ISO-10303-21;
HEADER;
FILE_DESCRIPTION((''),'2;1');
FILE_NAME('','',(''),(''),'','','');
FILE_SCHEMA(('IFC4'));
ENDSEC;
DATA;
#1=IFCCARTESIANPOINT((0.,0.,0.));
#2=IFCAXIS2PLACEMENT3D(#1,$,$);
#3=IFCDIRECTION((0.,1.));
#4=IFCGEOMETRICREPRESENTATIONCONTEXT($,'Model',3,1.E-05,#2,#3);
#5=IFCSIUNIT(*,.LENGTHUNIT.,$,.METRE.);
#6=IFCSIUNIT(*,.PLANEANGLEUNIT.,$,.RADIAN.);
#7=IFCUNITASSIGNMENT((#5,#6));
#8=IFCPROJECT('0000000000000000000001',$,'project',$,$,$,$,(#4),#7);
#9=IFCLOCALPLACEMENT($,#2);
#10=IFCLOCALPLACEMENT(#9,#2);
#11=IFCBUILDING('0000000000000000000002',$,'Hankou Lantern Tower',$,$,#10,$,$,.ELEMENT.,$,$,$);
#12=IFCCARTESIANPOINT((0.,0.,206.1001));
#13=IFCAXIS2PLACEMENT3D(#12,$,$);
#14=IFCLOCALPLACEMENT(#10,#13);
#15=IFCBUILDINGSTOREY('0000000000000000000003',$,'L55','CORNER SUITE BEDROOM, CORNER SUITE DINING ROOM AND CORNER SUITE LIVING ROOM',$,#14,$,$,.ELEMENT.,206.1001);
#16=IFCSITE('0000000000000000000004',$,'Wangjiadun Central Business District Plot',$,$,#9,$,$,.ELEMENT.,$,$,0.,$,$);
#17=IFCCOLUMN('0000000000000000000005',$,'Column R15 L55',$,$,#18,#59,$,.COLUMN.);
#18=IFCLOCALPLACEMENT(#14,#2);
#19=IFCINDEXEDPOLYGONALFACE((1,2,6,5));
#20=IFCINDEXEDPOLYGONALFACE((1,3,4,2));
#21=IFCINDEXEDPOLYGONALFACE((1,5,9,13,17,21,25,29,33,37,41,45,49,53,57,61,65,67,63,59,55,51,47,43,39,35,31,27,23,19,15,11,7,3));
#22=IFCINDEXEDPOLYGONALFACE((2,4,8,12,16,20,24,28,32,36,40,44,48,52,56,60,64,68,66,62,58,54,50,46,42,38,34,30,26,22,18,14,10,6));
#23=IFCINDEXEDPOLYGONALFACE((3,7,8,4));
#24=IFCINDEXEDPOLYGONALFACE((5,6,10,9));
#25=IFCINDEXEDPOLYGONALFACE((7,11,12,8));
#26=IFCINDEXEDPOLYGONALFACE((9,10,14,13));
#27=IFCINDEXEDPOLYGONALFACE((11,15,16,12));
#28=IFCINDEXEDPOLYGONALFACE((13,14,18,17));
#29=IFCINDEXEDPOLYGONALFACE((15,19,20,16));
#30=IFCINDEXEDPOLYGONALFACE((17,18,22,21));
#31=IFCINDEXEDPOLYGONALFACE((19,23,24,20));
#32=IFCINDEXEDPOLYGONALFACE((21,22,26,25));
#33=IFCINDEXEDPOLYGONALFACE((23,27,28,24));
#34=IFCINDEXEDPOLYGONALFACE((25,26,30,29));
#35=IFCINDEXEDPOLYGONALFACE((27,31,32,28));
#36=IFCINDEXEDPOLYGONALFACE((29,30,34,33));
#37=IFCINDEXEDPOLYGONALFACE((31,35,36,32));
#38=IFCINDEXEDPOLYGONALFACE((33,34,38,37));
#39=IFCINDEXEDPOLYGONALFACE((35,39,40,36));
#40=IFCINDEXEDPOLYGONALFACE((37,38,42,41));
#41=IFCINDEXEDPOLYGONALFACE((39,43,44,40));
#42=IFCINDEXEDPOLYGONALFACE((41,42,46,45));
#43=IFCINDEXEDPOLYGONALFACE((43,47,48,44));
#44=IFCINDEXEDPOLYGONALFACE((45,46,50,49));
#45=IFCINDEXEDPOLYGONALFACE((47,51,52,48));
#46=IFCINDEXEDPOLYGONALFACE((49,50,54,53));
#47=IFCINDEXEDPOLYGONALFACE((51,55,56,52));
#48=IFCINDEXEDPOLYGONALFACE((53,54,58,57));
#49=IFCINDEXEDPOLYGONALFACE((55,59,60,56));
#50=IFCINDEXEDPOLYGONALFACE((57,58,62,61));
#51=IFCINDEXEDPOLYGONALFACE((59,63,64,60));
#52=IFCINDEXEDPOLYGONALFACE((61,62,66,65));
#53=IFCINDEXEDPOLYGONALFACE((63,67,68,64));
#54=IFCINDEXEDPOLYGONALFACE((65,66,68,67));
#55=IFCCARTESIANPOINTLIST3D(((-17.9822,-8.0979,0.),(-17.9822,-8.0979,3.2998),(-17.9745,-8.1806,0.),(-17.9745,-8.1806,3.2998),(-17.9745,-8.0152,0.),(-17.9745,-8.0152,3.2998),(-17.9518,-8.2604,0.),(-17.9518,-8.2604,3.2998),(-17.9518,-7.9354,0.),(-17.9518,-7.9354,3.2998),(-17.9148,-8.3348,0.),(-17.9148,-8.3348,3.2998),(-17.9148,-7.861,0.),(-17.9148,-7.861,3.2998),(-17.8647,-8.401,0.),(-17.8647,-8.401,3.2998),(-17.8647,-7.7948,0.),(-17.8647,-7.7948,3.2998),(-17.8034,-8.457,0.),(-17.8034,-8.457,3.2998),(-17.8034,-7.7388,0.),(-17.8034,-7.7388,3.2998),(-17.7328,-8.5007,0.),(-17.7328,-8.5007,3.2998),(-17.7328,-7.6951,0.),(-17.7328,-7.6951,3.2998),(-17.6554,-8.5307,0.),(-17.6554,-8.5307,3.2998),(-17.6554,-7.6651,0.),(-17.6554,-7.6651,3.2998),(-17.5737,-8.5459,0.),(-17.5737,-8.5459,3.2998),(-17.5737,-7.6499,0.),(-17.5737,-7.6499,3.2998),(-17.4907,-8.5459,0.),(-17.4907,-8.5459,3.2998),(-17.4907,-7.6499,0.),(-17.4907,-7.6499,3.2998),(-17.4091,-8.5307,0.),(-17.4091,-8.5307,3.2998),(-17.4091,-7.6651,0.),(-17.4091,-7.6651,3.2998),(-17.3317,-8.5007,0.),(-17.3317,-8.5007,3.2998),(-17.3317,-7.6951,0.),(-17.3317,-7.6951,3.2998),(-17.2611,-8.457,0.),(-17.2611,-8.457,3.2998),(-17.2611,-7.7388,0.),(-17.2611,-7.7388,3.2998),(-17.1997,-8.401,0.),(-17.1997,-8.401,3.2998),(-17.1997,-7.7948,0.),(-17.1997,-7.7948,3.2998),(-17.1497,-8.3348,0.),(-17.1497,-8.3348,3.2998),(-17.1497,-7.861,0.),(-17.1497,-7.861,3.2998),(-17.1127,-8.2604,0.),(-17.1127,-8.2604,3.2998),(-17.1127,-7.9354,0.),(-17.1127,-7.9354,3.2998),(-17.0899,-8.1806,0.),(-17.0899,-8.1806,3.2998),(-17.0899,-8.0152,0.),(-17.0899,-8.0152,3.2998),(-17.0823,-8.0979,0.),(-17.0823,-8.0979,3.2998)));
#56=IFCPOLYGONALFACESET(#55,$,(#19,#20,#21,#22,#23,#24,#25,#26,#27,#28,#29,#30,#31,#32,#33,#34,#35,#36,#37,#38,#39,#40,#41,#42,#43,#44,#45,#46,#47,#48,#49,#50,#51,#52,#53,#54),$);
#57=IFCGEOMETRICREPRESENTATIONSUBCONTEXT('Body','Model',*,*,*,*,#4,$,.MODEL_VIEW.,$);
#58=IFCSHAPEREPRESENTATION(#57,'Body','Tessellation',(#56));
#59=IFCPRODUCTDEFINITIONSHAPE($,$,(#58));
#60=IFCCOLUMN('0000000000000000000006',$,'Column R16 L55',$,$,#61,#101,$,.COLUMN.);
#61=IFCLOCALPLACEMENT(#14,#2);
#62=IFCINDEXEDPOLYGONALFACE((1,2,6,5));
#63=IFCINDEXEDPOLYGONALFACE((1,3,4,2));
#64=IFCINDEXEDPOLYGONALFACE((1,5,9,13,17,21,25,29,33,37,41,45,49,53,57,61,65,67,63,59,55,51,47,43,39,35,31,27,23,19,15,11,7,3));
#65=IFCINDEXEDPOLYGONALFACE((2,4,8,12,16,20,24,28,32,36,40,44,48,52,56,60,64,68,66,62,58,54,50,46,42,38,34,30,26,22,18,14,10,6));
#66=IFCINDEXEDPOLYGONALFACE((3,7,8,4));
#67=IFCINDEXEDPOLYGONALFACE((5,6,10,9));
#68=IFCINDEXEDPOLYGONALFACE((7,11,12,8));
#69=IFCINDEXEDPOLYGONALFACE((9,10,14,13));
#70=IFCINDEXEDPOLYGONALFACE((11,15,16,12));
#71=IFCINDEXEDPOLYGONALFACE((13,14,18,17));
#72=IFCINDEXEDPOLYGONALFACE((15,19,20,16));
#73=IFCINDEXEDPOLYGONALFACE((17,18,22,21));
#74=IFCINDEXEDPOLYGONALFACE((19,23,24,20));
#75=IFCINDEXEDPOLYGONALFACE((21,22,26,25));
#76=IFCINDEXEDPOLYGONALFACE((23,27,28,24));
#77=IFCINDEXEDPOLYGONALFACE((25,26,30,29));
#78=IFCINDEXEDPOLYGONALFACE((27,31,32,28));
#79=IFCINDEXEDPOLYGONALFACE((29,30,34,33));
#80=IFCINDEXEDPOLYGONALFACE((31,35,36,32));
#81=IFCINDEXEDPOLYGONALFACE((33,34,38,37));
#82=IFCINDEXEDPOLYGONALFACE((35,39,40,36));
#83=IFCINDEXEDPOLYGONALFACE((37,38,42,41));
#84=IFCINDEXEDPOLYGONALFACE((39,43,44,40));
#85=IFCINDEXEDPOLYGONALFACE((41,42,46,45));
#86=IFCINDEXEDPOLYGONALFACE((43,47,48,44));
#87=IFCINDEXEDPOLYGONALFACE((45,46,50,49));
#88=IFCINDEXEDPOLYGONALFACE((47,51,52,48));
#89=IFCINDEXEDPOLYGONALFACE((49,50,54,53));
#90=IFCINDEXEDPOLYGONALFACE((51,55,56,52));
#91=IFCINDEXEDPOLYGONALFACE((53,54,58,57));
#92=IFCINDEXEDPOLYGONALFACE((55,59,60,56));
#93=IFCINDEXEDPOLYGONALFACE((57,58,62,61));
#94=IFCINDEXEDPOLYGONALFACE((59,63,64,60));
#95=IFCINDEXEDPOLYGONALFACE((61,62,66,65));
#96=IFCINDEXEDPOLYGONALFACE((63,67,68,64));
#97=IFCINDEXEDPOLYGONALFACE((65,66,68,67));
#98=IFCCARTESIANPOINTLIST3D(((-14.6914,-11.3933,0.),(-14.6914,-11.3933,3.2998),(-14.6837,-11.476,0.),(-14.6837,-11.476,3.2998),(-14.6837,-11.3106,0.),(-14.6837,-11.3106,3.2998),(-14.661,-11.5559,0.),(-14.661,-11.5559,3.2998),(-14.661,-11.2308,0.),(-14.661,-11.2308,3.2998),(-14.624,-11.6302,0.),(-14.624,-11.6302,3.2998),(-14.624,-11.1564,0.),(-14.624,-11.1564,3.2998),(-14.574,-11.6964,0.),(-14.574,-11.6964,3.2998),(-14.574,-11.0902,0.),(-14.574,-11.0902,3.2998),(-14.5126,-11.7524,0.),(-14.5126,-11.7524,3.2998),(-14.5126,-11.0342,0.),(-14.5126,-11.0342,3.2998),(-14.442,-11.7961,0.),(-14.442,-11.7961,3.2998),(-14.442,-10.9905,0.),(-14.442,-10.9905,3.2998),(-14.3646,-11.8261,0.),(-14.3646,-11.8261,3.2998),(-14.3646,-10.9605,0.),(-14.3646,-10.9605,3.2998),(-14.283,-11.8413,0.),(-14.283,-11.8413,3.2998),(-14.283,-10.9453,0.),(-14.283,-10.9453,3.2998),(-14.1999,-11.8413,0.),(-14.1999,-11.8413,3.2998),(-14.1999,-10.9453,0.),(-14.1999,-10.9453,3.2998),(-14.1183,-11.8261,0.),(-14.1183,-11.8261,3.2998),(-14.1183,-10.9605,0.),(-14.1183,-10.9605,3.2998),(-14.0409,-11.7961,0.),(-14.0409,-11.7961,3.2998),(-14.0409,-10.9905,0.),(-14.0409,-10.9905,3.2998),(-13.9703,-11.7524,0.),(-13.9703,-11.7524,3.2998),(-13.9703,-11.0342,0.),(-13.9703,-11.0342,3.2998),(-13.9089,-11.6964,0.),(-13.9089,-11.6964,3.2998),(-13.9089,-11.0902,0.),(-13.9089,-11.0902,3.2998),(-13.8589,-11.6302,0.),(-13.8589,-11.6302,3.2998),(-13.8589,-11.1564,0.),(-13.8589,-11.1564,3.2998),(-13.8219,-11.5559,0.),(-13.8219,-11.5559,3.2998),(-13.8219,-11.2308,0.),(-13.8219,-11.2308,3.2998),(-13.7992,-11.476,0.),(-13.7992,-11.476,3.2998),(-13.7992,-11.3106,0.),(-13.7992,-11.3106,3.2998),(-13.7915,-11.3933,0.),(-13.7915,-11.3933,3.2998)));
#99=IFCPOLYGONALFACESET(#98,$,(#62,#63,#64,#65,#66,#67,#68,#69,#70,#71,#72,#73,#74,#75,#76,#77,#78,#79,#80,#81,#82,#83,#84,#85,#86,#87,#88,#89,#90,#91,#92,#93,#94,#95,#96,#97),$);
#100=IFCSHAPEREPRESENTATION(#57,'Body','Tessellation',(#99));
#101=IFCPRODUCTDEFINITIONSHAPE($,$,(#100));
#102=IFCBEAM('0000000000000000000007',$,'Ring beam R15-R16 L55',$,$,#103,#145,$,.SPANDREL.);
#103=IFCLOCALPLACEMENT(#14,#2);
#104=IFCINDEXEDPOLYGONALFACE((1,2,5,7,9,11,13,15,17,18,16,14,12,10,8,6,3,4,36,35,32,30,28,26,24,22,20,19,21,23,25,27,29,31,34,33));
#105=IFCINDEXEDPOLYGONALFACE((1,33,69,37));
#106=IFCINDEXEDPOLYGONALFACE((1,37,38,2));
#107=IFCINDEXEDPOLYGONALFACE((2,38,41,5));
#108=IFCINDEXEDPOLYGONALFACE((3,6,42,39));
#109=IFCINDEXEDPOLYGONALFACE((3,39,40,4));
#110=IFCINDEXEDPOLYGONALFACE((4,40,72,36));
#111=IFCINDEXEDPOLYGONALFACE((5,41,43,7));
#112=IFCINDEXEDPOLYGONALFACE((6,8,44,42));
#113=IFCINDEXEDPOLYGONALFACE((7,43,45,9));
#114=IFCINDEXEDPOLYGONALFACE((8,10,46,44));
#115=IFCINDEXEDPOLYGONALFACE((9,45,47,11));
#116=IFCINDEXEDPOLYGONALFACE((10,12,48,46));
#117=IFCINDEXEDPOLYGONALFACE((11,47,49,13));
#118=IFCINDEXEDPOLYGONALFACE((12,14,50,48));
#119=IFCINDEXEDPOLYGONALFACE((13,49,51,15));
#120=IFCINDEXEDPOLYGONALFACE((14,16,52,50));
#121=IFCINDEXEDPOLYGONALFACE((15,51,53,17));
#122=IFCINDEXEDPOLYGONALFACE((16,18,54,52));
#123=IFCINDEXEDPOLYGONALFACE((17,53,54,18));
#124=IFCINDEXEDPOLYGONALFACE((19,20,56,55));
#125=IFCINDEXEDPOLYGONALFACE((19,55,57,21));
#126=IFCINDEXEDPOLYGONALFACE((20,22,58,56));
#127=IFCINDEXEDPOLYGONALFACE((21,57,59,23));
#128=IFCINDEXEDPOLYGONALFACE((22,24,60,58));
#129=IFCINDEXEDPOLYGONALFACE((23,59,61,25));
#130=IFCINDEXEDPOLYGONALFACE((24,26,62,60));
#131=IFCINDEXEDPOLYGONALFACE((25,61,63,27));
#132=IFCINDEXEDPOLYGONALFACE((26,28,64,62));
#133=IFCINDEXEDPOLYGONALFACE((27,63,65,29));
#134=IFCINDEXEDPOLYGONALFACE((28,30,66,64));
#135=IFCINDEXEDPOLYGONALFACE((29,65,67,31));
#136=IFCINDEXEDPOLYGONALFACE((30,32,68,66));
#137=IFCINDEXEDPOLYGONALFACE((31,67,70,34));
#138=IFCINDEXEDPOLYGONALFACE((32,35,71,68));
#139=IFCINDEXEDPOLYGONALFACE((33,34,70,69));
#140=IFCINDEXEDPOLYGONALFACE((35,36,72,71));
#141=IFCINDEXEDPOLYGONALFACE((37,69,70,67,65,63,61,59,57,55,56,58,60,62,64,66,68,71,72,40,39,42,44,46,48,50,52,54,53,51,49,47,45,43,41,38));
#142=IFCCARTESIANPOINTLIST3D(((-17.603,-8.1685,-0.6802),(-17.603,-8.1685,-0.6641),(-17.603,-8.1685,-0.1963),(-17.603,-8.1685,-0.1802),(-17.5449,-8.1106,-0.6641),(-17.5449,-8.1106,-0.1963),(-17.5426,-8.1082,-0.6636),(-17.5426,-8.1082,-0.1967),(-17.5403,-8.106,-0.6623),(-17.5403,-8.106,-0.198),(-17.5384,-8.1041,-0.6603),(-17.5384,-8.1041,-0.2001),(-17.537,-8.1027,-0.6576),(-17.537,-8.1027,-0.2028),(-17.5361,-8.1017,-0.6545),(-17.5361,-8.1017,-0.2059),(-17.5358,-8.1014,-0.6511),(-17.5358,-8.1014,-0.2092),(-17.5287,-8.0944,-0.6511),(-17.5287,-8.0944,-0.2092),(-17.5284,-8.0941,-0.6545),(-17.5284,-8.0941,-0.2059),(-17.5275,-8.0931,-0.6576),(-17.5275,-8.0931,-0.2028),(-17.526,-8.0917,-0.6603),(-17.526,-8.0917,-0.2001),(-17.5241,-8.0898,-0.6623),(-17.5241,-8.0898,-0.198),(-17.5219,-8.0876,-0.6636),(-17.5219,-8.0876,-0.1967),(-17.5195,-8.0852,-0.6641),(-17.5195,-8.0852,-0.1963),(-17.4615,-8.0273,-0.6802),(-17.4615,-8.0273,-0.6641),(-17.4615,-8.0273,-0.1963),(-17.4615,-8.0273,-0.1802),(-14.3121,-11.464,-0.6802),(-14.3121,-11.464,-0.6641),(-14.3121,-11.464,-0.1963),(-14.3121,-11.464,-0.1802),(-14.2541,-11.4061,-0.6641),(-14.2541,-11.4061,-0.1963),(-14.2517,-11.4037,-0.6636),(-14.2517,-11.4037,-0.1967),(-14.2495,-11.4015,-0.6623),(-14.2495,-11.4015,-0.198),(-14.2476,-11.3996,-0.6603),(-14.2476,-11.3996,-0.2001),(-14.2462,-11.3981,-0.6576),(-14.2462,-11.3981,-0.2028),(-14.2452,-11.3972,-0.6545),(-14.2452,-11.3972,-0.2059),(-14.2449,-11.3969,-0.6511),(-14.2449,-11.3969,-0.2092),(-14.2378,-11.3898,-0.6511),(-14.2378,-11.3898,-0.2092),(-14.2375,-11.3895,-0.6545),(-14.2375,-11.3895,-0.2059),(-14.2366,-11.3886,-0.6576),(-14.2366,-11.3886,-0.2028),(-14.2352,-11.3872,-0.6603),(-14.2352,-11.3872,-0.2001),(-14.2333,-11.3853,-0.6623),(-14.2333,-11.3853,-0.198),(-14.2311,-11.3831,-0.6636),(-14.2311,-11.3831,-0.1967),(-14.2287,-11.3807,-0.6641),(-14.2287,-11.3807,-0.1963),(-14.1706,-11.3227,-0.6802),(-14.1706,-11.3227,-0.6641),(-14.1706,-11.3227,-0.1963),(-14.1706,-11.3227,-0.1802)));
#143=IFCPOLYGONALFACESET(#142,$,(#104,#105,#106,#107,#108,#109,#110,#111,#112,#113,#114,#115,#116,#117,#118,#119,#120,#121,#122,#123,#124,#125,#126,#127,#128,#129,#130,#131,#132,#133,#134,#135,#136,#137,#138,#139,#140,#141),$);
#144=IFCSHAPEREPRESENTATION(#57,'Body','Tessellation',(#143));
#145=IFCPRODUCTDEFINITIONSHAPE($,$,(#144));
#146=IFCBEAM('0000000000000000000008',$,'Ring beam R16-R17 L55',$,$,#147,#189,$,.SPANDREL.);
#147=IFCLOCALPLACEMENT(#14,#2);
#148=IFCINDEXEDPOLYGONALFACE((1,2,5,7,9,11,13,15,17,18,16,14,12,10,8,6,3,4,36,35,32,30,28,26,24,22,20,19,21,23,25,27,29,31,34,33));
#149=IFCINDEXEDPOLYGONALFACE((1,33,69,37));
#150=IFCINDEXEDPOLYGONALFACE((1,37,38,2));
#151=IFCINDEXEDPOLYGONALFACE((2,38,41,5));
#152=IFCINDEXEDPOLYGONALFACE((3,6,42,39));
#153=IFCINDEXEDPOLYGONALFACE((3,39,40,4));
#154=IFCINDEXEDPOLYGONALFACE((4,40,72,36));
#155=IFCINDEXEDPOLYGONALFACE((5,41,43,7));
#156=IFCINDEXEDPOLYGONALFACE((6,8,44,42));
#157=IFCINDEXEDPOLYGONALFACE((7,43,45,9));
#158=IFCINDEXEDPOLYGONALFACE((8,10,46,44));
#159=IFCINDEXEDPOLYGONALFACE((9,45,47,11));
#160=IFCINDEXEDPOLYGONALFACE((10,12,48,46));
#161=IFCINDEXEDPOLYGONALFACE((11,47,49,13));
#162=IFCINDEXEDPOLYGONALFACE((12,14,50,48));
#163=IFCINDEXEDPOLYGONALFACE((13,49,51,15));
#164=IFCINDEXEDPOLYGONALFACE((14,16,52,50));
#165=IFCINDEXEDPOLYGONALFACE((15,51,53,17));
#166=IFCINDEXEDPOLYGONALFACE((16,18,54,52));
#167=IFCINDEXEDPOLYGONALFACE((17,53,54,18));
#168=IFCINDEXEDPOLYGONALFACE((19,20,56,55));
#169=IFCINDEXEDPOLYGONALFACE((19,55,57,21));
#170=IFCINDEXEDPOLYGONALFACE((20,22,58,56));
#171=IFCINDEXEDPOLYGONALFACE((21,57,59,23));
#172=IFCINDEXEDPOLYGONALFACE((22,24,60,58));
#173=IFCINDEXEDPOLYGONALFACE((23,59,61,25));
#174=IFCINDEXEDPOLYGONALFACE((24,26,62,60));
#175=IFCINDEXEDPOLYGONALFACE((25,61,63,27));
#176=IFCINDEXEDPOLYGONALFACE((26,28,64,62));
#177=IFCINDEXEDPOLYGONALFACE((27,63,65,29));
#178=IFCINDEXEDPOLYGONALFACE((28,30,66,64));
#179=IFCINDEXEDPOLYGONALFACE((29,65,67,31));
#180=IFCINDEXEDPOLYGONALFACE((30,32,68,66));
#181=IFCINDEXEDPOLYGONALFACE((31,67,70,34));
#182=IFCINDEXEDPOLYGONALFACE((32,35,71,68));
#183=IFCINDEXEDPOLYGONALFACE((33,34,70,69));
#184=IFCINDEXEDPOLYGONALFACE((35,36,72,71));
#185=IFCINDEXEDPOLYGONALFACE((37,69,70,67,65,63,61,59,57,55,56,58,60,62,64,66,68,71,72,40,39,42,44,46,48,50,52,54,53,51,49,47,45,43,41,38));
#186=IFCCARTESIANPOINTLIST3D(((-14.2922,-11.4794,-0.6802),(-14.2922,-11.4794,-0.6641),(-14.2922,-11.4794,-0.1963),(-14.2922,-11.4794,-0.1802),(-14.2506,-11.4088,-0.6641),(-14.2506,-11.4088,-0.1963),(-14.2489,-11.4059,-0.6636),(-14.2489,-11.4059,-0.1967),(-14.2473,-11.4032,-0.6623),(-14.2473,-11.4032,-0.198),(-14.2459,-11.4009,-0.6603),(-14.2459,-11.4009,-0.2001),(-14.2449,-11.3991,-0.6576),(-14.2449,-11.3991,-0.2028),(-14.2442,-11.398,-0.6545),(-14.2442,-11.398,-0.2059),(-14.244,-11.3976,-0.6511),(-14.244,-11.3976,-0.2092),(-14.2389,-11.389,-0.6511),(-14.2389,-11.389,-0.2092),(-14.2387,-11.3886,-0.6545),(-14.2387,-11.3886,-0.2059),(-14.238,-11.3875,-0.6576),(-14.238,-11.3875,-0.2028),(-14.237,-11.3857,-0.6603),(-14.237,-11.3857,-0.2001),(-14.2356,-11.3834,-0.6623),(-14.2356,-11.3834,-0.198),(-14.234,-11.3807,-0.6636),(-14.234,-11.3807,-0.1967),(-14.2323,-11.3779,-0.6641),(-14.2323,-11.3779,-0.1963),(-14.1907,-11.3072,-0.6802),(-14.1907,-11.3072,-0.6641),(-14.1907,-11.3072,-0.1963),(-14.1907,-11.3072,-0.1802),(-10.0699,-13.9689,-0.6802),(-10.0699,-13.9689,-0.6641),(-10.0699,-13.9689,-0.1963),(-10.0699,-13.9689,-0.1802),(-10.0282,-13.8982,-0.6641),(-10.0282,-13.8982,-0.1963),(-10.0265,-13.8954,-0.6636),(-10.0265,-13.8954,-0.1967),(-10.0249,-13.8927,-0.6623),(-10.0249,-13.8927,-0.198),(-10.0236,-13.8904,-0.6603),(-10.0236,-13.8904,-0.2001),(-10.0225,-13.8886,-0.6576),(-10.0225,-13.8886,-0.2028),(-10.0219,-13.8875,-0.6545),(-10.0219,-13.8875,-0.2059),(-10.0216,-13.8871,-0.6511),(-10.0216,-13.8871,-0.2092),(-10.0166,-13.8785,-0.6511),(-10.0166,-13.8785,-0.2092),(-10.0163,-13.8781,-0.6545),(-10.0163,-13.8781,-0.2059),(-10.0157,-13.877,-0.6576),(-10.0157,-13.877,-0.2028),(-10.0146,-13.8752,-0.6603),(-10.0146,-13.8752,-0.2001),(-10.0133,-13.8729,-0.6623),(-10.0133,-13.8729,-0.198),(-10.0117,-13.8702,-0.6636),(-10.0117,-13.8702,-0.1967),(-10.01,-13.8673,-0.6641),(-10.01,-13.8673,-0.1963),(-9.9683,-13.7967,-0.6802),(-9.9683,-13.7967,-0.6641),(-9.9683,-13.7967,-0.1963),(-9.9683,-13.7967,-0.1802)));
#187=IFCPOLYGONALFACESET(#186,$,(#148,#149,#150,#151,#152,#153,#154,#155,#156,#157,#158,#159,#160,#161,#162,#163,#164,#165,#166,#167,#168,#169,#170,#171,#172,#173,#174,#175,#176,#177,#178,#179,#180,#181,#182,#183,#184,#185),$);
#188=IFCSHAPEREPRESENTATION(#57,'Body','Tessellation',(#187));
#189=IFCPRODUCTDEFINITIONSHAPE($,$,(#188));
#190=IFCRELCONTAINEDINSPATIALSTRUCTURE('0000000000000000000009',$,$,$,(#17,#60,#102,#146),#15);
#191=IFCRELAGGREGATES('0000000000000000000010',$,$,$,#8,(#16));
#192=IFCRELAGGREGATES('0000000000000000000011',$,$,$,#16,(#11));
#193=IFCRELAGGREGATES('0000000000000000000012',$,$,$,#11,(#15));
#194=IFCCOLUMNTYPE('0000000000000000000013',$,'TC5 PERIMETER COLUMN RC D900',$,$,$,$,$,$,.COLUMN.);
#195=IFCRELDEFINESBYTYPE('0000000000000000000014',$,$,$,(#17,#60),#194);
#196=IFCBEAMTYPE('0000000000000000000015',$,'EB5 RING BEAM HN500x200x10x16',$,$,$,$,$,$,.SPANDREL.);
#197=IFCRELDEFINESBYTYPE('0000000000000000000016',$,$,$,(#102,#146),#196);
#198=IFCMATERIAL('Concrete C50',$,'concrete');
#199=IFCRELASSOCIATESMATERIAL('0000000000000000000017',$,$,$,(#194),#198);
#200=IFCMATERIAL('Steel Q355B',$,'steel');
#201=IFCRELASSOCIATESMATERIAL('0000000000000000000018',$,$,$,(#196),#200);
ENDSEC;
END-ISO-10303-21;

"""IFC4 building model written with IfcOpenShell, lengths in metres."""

from ifc_helpers import new_model, si_unit, direction, frame, origin, origin_2d, place, context, subcontext, project, spatial, circle, i_section, extrude, material, material_profile, profile_set, type_object, element, save


model = new_model("IFC4")

# Units and contexts
model_context = context("Model", 3, precision=1e-05, world=origin(), true_north=direction((0.0, 1.0)))
body_context = subcontext(model_context, "Body", "Model", "MODEL_VIEW")
ifc_project = project(units=[si_unit("LENGTHUNIT", "METRE"), si_unit("PLANEANGLEUNIT", "RADIAN")], contexts=[model_context])

# Site, building, storey
site_placement = place(None, origin())
site = spatial("IfcSite", under=ifc_project, at=site_placement, Name="Wangjiadun Central Business District Plot", CompositionType="ELEMENT", RefElevation=0.0)
building_placement = place(site_placement, origin())
building = spatial("IfcBuilding", under=site, at=building_placement, Name="Hankou Lantern Tower", CompositionType="ELEMENT")
storey_placement = place(building_placement, frame((0.0, 0.0, 206.1001)))
storey = spatial("IfcBuildingStorey", under=building, at=storey_placement, Name="L55", Description="CORNER SUITE BEDROOM, CORNER SUITE DINING ROOM AND CORNER SUITE LIVING ROOM", CompositionType="ELEMENT", Elevation=206.1001)

# Columns
ifc_material_1 = material(Name="Concrete C50", Category="concrete")
ifc_material_profile_1 = material_profile(ifc_material_1, circle(Radius=0.45, at=origin_2d()), Name="RC D900")
ifc_profile_set_1 = profile_set([ifc_material_profile_1], Name="Concrete C50")
column_type = type_object("IfcColumnType", Name="TC5 PERIMETER COLUMN RC D900", PredefinedType="COLUMN", material=ifc_profile_set_1)
for number, where, z_axis, x_axis, name in (
    (1, (-17.5322, -8.0979, 0.0), (0.0, 0.0, 1.0), (1.0, 0.0, 0.0), "Column R15 L55"),
    (2, (-14.2415, -11.3933, 0.0), (0.0, 0.0, 1.0), (1.0, 0.0, 0.0), "Column R16 L55"),
):
    element("IfcColumn", number, at=place(storey_placement, frame(where, z_axis=z_axis, x_axis=x_axis)), inside=storey, type_object=column_type, Name=name, PredefinedType="COLUMN", context=body_context, shape_type="SweptSolid", body=[
        extrude(circle(Radius=0.45, at=origin_2d()), origin(), (0.0, 0.0, 1.0), 3.2998),
    ])

# Beams
ifc_material_2 = material(Name="Steel Q355B", Category="steel")
ifc_material_profile_2 = material_profile(ifc_material_2, i_section(OverallWidth=0.2, OverallDepth=0.5, WebThickness=0.01, FlangeThickness=0.0161, FilletRadius=0.0129, at=origin_2d()), Name="HN500x200x10x16")
ifc_profile_set_2 = profile_set([ifc_material_profile_2], Name="Steel Q355B")
beam_type_1 = type_object("IfcBeamType", Name="EB5 RING BEAM HN500x200x10x16", PredefinedType="SPANDREL", material=ifc_profile_set_2)
beam_1_placement = place(storey_placement, frame((-17.5322, -8.0979, -0.4302), z_axis=(0.706609, -0.707605, 0.0), x_axis=(0.707605, 0.706609, 0.0)))
element("IfcBeam", 3, at=beam_1_placement, inside=storey, type_object=beam_type_1, Name="Ring beam R15-R16 L55", PredefinedType="SPANDREL", context=body_context, shape_type="SweptSolid", body=[
    extrude(i_section(OverallWidth=0.2, OverallDepth=0.5, WebThickness=0.01, FlangeThickness=0.0161, FilletRadius=0.0129, at=origin_2d()), origin(), (0.0, 0.0, 1.0), 4.6572),
])
beam_2_placement = place(storey_placement, frame((-14.2415, -11.3933, -0.4302), z_axis=(0.861423, -0.507888, 0.0), x_axis=(0.507888, 0.861423, 0.0)))
element("IfcBeam", 4, at=beam_2_placement, inside=storey, type_object=beam_type_1, Name="Ring beam R16-R17 L55", PredefinedType="SPANDREL", context=body_context, shape_type="SweptSolid", body=[
    extrude(i_section(OverallWidth=0.2, OverallDepth=0.5, WebThickness=0.01, FlangeThickness=0.0161, FilletRadius=0.0129, at=origin_2d()), origin(), (0.0, 0.0, 1.0), 4.9016),
])

save(model, "model.ifc")
